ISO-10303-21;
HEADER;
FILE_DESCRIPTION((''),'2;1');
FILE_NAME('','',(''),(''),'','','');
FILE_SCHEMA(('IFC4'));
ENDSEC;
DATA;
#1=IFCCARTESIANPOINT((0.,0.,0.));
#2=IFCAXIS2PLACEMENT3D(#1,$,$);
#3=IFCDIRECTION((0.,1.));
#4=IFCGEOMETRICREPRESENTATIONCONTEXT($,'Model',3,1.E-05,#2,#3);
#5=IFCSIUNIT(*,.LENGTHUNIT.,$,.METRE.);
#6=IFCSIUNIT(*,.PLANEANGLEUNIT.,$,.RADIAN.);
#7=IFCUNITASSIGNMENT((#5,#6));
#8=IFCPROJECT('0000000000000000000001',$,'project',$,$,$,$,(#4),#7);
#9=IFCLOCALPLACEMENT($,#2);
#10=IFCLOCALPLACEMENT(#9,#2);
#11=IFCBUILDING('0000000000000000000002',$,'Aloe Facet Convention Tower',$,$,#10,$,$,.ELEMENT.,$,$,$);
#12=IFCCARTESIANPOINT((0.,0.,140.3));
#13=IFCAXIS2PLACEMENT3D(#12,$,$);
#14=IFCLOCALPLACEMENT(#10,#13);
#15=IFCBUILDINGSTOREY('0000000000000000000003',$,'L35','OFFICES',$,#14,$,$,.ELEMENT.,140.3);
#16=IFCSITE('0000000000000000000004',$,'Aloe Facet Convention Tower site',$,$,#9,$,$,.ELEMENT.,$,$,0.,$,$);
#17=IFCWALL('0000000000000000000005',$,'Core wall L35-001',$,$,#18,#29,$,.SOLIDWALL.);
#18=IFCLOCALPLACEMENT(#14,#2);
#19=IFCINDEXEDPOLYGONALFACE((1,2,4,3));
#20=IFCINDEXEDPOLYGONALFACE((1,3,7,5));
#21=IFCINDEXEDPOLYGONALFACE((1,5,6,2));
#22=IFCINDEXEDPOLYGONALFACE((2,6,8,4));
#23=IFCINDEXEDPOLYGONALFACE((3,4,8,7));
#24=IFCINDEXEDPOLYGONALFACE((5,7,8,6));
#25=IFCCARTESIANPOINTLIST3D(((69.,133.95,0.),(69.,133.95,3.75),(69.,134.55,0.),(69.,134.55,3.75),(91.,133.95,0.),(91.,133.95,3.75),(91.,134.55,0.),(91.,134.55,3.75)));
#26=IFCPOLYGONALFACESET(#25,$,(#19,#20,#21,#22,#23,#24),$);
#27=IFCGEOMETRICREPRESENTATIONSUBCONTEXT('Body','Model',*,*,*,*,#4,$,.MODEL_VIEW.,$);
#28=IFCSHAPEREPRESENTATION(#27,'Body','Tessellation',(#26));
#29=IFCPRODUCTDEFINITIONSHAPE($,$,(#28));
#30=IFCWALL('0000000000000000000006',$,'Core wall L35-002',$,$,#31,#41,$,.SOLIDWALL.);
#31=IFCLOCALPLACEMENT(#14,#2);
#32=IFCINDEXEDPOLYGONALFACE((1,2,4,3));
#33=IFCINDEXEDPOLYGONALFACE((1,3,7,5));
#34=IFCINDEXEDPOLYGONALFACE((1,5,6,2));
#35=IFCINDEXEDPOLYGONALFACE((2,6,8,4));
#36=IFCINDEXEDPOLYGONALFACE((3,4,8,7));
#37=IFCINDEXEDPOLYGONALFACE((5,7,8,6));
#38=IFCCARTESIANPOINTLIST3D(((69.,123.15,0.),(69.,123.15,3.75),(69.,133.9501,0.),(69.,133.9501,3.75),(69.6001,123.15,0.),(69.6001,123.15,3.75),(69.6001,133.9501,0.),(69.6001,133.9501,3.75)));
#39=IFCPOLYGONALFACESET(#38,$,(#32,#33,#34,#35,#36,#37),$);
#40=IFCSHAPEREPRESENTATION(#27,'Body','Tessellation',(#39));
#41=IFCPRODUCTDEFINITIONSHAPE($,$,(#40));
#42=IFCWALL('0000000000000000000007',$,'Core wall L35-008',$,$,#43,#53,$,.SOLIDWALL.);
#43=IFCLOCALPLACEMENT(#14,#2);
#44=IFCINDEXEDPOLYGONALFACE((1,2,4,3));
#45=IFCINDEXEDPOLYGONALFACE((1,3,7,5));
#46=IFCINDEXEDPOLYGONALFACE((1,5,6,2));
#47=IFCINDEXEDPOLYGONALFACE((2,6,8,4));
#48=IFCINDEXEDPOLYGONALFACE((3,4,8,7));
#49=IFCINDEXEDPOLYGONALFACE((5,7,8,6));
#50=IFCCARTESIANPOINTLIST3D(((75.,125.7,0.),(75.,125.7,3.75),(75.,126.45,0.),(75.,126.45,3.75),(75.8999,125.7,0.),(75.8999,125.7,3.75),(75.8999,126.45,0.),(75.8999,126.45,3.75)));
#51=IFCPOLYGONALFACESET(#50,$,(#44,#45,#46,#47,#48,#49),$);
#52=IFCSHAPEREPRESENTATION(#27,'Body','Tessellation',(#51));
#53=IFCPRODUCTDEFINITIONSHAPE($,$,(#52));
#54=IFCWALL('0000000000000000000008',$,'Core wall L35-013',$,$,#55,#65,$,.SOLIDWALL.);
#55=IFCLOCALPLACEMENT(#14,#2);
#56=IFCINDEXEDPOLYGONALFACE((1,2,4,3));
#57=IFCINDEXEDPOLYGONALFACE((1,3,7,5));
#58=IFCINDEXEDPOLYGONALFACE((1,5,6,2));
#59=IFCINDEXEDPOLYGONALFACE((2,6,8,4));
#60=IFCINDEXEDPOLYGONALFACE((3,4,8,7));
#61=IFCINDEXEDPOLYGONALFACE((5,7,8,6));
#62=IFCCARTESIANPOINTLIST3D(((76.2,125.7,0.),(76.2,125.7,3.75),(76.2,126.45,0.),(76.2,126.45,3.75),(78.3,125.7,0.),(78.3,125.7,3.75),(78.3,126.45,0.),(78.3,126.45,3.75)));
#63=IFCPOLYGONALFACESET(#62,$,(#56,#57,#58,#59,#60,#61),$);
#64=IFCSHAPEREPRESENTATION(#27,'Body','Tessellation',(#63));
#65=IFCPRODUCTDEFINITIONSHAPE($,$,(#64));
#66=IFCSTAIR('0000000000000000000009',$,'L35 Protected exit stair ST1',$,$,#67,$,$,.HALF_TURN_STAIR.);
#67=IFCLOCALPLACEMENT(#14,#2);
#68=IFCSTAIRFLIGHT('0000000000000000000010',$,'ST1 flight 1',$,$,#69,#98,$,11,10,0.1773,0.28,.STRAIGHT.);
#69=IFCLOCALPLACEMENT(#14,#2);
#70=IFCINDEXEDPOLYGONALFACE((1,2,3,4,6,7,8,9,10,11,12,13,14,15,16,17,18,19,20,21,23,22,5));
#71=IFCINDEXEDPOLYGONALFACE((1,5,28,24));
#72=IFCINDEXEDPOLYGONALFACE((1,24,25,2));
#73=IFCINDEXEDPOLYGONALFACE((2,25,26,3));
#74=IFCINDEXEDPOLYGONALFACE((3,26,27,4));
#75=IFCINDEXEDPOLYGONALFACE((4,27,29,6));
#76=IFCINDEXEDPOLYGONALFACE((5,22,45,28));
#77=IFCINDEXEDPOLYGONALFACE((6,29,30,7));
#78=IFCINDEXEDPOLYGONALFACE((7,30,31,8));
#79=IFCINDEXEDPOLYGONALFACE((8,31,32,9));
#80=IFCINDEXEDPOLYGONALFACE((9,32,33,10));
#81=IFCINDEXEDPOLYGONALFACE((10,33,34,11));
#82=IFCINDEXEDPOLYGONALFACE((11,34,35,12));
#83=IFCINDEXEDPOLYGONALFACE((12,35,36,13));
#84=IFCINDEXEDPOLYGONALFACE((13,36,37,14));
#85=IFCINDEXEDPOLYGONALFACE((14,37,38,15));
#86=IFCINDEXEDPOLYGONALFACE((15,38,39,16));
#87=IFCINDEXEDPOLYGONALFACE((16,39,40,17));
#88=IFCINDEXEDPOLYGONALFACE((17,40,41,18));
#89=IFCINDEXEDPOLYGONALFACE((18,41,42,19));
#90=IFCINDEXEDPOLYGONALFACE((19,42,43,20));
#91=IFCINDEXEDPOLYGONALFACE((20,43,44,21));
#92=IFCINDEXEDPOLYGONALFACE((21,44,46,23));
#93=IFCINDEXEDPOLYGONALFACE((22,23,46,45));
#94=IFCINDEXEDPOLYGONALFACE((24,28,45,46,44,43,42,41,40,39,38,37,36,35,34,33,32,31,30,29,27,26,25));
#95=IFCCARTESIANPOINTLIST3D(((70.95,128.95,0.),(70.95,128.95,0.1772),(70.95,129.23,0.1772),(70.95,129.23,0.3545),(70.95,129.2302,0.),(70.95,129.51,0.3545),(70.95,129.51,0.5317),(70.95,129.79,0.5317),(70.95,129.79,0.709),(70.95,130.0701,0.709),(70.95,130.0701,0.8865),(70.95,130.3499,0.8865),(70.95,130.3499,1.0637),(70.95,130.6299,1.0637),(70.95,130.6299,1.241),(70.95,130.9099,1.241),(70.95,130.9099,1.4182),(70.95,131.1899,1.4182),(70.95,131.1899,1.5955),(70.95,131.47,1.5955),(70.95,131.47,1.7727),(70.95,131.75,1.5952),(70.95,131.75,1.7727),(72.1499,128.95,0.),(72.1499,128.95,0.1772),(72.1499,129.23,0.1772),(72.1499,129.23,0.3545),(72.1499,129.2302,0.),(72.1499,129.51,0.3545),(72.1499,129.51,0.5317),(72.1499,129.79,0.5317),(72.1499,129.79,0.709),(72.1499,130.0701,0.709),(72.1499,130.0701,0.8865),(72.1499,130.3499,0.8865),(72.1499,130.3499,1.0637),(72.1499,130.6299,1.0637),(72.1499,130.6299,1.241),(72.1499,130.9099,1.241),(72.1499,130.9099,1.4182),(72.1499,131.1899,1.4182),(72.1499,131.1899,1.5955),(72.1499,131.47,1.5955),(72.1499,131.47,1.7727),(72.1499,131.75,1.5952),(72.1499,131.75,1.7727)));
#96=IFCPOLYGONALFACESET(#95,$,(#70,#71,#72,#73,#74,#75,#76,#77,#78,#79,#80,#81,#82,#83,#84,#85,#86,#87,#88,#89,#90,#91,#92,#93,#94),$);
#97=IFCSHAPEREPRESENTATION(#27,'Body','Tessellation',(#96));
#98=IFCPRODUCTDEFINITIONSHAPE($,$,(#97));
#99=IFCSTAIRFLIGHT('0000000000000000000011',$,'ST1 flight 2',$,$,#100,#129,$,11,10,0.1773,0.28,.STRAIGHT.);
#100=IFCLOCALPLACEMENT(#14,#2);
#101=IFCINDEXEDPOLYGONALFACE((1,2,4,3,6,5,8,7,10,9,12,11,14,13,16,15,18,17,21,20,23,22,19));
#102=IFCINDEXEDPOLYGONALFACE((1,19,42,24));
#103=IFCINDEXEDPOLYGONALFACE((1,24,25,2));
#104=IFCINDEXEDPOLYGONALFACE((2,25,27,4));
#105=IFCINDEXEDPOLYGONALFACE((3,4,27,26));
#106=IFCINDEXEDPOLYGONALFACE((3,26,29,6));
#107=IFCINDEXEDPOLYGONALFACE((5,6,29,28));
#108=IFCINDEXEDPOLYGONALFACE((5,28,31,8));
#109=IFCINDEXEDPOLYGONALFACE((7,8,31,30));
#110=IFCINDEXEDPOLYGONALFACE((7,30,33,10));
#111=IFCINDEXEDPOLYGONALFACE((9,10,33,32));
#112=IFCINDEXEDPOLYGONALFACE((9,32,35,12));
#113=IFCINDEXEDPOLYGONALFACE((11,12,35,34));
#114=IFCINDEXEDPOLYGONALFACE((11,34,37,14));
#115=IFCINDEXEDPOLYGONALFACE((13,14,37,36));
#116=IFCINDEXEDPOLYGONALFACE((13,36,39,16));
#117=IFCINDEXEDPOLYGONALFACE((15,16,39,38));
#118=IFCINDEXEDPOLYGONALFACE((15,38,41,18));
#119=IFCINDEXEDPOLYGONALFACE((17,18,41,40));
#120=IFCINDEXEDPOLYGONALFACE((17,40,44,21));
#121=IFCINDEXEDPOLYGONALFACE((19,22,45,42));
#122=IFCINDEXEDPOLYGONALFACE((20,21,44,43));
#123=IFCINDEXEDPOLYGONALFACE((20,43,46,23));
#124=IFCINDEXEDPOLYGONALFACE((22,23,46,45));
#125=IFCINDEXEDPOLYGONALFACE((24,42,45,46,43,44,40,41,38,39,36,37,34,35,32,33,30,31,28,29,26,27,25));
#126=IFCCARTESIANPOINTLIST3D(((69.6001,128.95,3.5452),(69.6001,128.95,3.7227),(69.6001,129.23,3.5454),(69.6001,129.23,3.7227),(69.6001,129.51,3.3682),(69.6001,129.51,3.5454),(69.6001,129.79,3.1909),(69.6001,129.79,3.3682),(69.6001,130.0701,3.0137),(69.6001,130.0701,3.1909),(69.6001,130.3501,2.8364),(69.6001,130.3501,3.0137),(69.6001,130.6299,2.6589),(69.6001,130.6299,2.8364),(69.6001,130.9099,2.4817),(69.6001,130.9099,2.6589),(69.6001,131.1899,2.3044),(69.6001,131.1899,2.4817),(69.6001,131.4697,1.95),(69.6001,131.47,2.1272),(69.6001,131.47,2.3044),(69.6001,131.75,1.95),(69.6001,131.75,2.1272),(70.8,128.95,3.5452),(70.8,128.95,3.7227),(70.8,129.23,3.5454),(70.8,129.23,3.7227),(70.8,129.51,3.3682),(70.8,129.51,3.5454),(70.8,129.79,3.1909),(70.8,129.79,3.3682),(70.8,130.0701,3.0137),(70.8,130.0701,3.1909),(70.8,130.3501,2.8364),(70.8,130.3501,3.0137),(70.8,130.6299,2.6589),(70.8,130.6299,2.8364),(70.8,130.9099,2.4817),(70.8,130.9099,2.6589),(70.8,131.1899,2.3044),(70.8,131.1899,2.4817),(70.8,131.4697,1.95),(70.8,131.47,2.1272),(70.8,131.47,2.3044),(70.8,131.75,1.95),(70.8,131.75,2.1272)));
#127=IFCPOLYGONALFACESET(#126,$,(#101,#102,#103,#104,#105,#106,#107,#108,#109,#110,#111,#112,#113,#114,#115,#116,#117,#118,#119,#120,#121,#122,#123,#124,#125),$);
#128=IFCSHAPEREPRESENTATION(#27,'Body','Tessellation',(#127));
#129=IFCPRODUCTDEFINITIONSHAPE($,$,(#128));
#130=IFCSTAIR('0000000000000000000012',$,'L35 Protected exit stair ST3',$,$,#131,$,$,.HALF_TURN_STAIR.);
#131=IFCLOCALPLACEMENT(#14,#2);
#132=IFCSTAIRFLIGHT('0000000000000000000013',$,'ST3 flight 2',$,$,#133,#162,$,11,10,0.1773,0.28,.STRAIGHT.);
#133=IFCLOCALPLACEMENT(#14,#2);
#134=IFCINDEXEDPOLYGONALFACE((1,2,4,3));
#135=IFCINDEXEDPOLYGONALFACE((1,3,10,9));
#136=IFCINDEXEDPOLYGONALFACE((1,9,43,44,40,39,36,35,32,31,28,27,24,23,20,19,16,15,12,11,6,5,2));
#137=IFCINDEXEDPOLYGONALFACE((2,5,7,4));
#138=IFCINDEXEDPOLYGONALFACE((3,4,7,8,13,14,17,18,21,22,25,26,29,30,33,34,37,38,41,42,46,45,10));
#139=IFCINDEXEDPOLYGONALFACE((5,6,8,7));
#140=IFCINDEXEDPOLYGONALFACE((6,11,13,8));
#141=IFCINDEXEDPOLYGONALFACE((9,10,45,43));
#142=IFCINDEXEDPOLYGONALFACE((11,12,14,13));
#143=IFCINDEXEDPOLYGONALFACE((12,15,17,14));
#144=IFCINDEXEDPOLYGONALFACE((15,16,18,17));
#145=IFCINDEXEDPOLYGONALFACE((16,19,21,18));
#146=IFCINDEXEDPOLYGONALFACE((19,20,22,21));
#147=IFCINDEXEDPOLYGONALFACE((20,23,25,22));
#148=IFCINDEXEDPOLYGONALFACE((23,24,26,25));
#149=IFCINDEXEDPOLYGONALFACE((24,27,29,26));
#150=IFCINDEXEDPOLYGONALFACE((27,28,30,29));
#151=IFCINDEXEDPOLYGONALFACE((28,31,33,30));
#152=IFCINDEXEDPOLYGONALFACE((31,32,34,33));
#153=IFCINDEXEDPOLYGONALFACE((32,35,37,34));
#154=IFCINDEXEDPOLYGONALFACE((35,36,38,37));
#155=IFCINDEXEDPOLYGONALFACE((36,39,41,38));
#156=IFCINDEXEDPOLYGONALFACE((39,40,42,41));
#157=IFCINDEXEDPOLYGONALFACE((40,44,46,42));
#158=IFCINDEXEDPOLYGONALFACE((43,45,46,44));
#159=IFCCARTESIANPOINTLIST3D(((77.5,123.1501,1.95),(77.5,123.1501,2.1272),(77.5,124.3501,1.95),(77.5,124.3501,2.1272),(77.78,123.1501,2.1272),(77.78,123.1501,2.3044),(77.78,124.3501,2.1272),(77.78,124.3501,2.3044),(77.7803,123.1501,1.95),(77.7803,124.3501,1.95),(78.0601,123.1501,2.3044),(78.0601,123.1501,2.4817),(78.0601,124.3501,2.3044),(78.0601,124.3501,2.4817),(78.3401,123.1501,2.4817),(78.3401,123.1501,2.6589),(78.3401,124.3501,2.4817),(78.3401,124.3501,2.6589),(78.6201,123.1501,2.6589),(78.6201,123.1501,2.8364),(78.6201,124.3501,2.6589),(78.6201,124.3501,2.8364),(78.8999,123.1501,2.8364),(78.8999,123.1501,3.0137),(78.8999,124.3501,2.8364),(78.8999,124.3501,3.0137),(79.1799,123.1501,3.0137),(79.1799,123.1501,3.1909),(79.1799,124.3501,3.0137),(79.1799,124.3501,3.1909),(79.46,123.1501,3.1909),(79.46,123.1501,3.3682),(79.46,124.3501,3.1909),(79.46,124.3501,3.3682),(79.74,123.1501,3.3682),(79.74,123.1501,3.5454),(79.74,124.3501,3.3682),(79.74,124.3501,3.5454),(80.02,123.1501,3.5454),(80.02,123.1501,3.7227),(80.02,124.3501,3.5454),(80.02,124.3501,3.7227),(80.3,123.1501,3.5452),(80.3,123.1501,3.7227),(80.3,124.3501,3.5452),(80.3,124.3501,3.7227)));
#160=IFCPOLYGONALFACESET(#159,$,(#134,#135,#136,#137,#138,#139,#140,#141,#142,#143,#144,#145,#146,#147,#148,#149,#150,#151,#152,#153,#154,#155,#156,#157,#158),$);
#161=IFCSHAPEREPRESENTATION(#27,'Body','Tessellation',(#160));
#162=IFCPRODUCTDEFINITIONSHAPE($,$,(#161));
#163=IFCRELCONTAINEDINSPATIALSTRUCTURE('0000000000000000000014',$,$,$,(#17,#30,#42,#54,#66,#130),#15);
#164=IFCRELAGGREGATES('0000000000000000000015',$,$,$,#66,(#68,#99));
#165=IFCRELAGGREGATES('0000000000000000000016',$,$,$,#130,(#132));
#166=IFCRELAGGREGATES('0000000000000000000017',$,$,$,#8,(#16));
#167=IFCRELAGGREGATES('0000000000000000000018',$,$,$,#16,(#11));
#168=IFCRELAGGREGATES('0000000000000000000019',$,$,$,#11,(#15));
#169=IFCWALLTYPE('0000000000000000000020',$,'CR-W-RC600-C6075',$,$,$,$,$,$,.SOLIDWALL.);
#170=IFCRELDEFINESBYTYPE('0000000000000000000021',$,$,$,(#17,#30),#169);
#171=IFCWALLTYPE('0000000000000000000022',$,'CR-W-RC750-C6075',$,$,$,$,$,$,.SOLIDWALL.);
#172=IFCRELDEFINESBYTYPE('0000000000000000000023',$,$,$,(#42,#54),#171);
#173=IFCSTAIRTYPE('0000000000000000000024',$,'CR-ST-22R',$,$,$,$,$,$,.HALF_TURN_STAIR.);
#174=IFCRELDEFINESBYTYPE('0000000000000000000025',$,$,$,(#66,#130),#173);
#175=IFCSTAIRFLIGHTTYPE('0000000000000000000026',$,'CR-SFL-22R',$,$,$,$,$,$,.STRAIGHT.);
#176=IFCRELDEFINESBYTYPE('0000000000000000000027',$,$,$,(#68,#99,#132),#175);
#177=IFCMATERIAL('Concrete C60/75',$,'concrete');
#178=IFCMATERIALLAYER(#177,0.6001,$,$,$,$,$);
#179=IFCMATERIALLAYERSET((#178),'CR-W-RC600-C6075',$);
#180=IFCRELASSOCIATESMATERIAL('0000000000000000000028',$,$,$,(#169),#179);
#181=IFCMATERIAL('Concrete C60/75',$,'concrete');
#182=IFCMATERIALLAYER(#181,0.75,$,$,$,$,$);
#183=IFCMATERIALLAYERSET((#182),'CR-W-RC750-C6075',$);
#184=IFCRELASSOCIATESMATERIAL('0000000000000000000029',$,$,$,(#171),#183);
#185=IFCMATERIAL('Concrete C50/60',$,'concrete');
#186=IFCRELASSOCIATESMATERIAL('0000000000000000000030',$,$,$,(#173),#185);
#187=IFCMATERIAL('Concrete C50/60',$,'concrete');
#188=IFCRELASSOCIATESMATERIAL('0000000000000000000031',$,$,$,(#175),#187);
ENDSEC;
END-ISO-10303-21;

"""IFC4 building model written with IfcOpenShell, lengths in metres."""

from ifc_helpers import new_model, si_unit, direction, frame, frame_2d, origin, place, context, subcontext, project, spatial, polyline, rectangle, outline, extrude, material, layer, layer_set, type_object, element, aggregate, save


model = new_model("IFC4")

# Units and contexts
model_context = context("Model", 3, precision=1e-05, world=origin(), true_north=direction((0.0, 1.0)))
body_context = subcontext(model_context, "Body", "Model", "MODEL_VIEW")
ifc_project = project(units=[si_unit("LENGTHUNIT", "METRE"), si_unit("PLANEANGLEUNIT", "RADIAN")], contexts=[model_context])

# Site, building, storey
site_placement = place(None, origin())
site = spatial("IfcSite", under=ifc_project, at=site_placement, Name="Aloe Facet Convention Tower site", CompositionType="ELEMENT", RefElevation=0.0)
building_placement = place(site_placement, origin())
building = spatial("IfcBuilding", under=site, at=building_placement, Name="Aloe Facet Convention Tower", CompositionType="ELEMENT")
storey_placement = place(building_placement, frame((0.0, 0.0, 140.3)))
storey = spatial("IfcBuildingStorey", under=building, at=storey_placement, Name="L35", Description="OFFICES", CompositionType="ELEMENT", Elevation=140.3)

# Walls
ifc_material_1 = material(Name="Concrete C60/75", Category="concrete")
ifc_layer_1 = layer(ifc_material_1, 0.6001)
ifc_layer_set_1 = layer_set([ifc_layer_1], Name="CR-W-RC600-C6075")
wall_type_1 = type_object("IfcWallType", Name="CR-W-RC600-C6075", PredefinedType="SOLIDWALL", material=ifc_layer_set_1)
wall_1_placement = place(storey_placement, frame((69.0, 134.25, 0.0), z_axis=(0.0, 0.0, 1.0), x_axis=(1.0, 0.0, 0.0)))
element("IfcWall", 1, at=wall_1_placement, inside=storey, type_object=wall_type_1, Name="Core wall L35-001", PredefinedType="SOLIDWALL", context=body_context, shape_type="SweptSolid", body=[
    extrude(rectangle(XDim=22.0, YDim=0.6001, at=frame_2d((11.0, 0.0))), origin(), (0.0, 0.0, 1.0), 3.75),
])
wall_2_placement = place(storey_placement, frame((69.3, 133.95, 0.0), z_axis=(0.0, 0.0, 1.0), x_axis=(0.0, -1.0, 0.0)))
element("IfcWall", 2, at=wall_2_placement, inside=storey, type_object=wall_type_1, Name="Core wall L35-002", PredefinedType="SOLIDWALL", context=body_context, shape_type="SweptSolid", body=[
    extrude(rectangle(XDim=10.8, YDim=0.6001, at=frame_2d((5.3999, 0.0))), origin(), (0.0, 0.0, 1.0), 3.75),
])
ifc_material_2 = material(Name="Concrete C60/75", Category="concrete")
ifc_layer_2 = layer(ifc_material_2, 0.75)
ifc_layer_set_2 = layer_set([ifc_layer_2], Name="CR-W-RC750-C6075")
wall_type_2 = type_object("IfcWallType", Name="CR-W-RC750-C6075", PredefinedType="SOLIDWALL", material=ifc_layer_set_2)
wall_3_placement = place(storey_placement, frame((75.0, 126.075, 0.0), z_axis=(0.0, 0.0, 1.0), x_axis=(1.0, 0.0, 0.0)))
element("IfcWall", 3, at=wall_3_placement, inside=storey, type_object=wall_type_2, Name="Core wall L35-008", PredefinedType="SOLIDWALL", context=body_context, shape_type="SweptSolid", body=[
    extrude(rectangle(XDim=0.8999, YDim=0.75, at=frame_2d((0.45, 0.0))), origin(), (0.0, 0.0, 1.0), 3.75),
])
wall_4_placement = place(storey_placement, frame((76.2, 126.075, 0.0), z_axis=(0.0, 0.0, 1.0), x_axis=(1.0, 0.0, 0.0)))
element("IfcWall", 4, at=wall_4_placement, inside=storey, type_object=wall_type_2, Name="Core wall L35-013", PredefinedType="SOLIDWALL", context=body_context, shape_type="SweptSolid", body=[
    extrude(rectangle(XDim=2.1001, YDim=0.75, at=frame_2d((1.05, 0.0))), origin(), (0.0, 0.0, 1.0), 3.75),
])

# Stair, stair flights
ifc_material_3 = material(Name="Concrete C50/60", Category="concrete")
stair_type = type_object("IfcStairType", Name="CR-ST-22R", PredefinedType="HALF_TURN_STAIR", material=ifc_material_3)
stair_1_placement = place(storey_placement, origin())
stair_1 = element("IfcStair", 5, at=stair_1_placement, inside=storey, type_object=stair_type, Name="L35 Protected exit stair ST1", PredefinedType="HALF_TURN_STAIR")
ifc_material_4 = material(Name="Concrete C50/60", Category="concrete")
stair_flight_type = type_object("IfcStairFlightType", Name="CR-SFL-22R", PredefinedType="STRAIGHT", material=ifc_material_4)
stair_flight_1_placement = place(storey_placement, frame((71.55, 128.95, 0.0), z_axis=(0.0, 0.0, 1.0), x_axis=(0.0, 1.0, 0.0)))
stair_flight_1 = element("IfcStairFlight", 6, at=stair_flight_1_placement, type_object=stair_flight_type, Name="ST1 flight 1", NumberOfRisers=11, NumberOfTreads=10, PredefinedType="STRAIGHT", RiserHeight=0.1773, TreadLength=0.28, context=body_context, shape_type="SweptSolid", body=[
    extrude(outline(polyline([(0.0, 0.0), (0.0, 0.1772), (0.28, 0.1772), (0.28, 0.3545), (0.5601, 0.3545), (0.5601, 0.5317), (0.8401, 0.5317), (0.8401, 0.709), (1.1201, 0.709), (1.1201, 0.8865), (1.3999, 0.8865), (1.3999, 1.0637), (1.6799, 1.0637), (1.6799, 1.241), (1.96, 1.241), (1.96, 1.4182), (2.24, 1.4182), (2.24, 1.5955), (2.52, 1.5955), (2.52, 1.7727), (2.8, 1.7727), (2.8, 1.95), (2.8, 1.5952), (0.2803, 0.0), (0.0, 0.0)])), frame((0.0, 0.6001, 0.0), z_axis=(0.0, -1.0, 0.0), x_axis=(1.0, 0.0, 0.0)), (0.0, 0.0, 1.0), 1.2),
])
stair_flight_2_placement = place(storey_placement, frame((70.2, 131.75, 1.95), z_axis=(0.0, 0.0, 1.0), x_axis=(0.0, -1.0, 0.0)))
stair_flight_2 = element("IfcStairFlight", 7, at=stair_flight_2_placement, type_object=stair_flight_type, Name="ST1 flight 2", NumberOfRisers=11, NumberOfTreads=10, PredefinedType="STRAIGHT", RiserHeight=0.1773, TreadLength=0.28, context=body_context, shape_type="SweptSolid", body=[
    extrude(outline(polyline([(0.0, 0.0), (0.0, 0.1772), (0.28, 0.1772), (0.28, 0.3545), (0.5601, 0.3545), (0.5601, 0.5317), (0.8401, 0.5317), (0.8401, 0.709), (1.1201, 0.709), (1.1201, 0.8865), (1.3999, 0.8865), (1.3999, 1.0637), (1.6799, 1.0637), (1.6799, 1.241), (1.96, 1.241), (1.96, 1.4182), (2.24, 1.4182), (2.24, 1.5955), (2.52, 1.5955), (2.52, 1.7727), (2.8, 1.7727), (2.8, 1.95), (2.8, 1.5952), (0.2803, 0.0), (0.0, 0.0)])), frame((0.0, 0.6001, 0.0), z_axis=(0.0, -1.0, 0.0), x_axis=(1.0, 0.0, 0.0)), (0.0, 0.0, 1.0), 1.2),
])
aggregate(stair_1, [stair_flight_1, stair_flight_2])

# Stair, stair flight
stair_2_placement = place(storey_placement, origin())
stair_2 = element("IfcStair", 8, at=stair_2_placement, inside=storey, type_object=stair_type, Name="L35 Protected exit stair ST3", PredefinedType="HALF_TURN_STAIR")
stair_flight_3_placement = place(storey_placement, frame((77.5, 123.75, 1.95), z_axis=(0.0, 0.0, 1.0), x_axis=(1.0, 0.0, 0.0)))
stair_flight_3 = element("IfcStairFlight", 9, at=stair_flight_3_placement, type_object=stair_flight_type, Name="ST3 flight 2", NumberOfRisers=11, NumberOfTreads=10, PredefinedType="STRAIGHT", RiserHeight=0.1773, TreadLength=0.28, context=body_context, shape_type="SweptSolid", body=[
    extrude(outline(polyline([(0.0, 0.0), (0.0, 0.1772), (0.28, 0.1772), (0.28, 0.3545), (0.5601, 0.3545), (0.5601, 0.5317), (0.8401, 0.5317), (0.8401, 0.709), (1.1201, 0.709), (1.1201, 0.8865), (1.3999, 0.8865), (1.3999, 1.0637), (1.6799, 1.0637), (1.6799, 1.241), (1.96, 1.241), (1.96, 1.4182), (2.24, 1.4182), (2.24, 1.5955), (2.52, 1.5955), (2.52, 1.7727), (2.8, 1.7727), (2.8, 1.95), (2.8, 1.5952), (0.2803, 0.0), (0.0, 0.0)])), frame((0.0, 0.6001, 0.0), z_axis=(0.0, -1.0, 0.0), x_axis=(1.0, 0.0, 0.0)), (0.0, 0.0, 1.0), 1.2),
])
aggregate(stair_2, [stair_flight_3])

save(model, "model.ifc")
